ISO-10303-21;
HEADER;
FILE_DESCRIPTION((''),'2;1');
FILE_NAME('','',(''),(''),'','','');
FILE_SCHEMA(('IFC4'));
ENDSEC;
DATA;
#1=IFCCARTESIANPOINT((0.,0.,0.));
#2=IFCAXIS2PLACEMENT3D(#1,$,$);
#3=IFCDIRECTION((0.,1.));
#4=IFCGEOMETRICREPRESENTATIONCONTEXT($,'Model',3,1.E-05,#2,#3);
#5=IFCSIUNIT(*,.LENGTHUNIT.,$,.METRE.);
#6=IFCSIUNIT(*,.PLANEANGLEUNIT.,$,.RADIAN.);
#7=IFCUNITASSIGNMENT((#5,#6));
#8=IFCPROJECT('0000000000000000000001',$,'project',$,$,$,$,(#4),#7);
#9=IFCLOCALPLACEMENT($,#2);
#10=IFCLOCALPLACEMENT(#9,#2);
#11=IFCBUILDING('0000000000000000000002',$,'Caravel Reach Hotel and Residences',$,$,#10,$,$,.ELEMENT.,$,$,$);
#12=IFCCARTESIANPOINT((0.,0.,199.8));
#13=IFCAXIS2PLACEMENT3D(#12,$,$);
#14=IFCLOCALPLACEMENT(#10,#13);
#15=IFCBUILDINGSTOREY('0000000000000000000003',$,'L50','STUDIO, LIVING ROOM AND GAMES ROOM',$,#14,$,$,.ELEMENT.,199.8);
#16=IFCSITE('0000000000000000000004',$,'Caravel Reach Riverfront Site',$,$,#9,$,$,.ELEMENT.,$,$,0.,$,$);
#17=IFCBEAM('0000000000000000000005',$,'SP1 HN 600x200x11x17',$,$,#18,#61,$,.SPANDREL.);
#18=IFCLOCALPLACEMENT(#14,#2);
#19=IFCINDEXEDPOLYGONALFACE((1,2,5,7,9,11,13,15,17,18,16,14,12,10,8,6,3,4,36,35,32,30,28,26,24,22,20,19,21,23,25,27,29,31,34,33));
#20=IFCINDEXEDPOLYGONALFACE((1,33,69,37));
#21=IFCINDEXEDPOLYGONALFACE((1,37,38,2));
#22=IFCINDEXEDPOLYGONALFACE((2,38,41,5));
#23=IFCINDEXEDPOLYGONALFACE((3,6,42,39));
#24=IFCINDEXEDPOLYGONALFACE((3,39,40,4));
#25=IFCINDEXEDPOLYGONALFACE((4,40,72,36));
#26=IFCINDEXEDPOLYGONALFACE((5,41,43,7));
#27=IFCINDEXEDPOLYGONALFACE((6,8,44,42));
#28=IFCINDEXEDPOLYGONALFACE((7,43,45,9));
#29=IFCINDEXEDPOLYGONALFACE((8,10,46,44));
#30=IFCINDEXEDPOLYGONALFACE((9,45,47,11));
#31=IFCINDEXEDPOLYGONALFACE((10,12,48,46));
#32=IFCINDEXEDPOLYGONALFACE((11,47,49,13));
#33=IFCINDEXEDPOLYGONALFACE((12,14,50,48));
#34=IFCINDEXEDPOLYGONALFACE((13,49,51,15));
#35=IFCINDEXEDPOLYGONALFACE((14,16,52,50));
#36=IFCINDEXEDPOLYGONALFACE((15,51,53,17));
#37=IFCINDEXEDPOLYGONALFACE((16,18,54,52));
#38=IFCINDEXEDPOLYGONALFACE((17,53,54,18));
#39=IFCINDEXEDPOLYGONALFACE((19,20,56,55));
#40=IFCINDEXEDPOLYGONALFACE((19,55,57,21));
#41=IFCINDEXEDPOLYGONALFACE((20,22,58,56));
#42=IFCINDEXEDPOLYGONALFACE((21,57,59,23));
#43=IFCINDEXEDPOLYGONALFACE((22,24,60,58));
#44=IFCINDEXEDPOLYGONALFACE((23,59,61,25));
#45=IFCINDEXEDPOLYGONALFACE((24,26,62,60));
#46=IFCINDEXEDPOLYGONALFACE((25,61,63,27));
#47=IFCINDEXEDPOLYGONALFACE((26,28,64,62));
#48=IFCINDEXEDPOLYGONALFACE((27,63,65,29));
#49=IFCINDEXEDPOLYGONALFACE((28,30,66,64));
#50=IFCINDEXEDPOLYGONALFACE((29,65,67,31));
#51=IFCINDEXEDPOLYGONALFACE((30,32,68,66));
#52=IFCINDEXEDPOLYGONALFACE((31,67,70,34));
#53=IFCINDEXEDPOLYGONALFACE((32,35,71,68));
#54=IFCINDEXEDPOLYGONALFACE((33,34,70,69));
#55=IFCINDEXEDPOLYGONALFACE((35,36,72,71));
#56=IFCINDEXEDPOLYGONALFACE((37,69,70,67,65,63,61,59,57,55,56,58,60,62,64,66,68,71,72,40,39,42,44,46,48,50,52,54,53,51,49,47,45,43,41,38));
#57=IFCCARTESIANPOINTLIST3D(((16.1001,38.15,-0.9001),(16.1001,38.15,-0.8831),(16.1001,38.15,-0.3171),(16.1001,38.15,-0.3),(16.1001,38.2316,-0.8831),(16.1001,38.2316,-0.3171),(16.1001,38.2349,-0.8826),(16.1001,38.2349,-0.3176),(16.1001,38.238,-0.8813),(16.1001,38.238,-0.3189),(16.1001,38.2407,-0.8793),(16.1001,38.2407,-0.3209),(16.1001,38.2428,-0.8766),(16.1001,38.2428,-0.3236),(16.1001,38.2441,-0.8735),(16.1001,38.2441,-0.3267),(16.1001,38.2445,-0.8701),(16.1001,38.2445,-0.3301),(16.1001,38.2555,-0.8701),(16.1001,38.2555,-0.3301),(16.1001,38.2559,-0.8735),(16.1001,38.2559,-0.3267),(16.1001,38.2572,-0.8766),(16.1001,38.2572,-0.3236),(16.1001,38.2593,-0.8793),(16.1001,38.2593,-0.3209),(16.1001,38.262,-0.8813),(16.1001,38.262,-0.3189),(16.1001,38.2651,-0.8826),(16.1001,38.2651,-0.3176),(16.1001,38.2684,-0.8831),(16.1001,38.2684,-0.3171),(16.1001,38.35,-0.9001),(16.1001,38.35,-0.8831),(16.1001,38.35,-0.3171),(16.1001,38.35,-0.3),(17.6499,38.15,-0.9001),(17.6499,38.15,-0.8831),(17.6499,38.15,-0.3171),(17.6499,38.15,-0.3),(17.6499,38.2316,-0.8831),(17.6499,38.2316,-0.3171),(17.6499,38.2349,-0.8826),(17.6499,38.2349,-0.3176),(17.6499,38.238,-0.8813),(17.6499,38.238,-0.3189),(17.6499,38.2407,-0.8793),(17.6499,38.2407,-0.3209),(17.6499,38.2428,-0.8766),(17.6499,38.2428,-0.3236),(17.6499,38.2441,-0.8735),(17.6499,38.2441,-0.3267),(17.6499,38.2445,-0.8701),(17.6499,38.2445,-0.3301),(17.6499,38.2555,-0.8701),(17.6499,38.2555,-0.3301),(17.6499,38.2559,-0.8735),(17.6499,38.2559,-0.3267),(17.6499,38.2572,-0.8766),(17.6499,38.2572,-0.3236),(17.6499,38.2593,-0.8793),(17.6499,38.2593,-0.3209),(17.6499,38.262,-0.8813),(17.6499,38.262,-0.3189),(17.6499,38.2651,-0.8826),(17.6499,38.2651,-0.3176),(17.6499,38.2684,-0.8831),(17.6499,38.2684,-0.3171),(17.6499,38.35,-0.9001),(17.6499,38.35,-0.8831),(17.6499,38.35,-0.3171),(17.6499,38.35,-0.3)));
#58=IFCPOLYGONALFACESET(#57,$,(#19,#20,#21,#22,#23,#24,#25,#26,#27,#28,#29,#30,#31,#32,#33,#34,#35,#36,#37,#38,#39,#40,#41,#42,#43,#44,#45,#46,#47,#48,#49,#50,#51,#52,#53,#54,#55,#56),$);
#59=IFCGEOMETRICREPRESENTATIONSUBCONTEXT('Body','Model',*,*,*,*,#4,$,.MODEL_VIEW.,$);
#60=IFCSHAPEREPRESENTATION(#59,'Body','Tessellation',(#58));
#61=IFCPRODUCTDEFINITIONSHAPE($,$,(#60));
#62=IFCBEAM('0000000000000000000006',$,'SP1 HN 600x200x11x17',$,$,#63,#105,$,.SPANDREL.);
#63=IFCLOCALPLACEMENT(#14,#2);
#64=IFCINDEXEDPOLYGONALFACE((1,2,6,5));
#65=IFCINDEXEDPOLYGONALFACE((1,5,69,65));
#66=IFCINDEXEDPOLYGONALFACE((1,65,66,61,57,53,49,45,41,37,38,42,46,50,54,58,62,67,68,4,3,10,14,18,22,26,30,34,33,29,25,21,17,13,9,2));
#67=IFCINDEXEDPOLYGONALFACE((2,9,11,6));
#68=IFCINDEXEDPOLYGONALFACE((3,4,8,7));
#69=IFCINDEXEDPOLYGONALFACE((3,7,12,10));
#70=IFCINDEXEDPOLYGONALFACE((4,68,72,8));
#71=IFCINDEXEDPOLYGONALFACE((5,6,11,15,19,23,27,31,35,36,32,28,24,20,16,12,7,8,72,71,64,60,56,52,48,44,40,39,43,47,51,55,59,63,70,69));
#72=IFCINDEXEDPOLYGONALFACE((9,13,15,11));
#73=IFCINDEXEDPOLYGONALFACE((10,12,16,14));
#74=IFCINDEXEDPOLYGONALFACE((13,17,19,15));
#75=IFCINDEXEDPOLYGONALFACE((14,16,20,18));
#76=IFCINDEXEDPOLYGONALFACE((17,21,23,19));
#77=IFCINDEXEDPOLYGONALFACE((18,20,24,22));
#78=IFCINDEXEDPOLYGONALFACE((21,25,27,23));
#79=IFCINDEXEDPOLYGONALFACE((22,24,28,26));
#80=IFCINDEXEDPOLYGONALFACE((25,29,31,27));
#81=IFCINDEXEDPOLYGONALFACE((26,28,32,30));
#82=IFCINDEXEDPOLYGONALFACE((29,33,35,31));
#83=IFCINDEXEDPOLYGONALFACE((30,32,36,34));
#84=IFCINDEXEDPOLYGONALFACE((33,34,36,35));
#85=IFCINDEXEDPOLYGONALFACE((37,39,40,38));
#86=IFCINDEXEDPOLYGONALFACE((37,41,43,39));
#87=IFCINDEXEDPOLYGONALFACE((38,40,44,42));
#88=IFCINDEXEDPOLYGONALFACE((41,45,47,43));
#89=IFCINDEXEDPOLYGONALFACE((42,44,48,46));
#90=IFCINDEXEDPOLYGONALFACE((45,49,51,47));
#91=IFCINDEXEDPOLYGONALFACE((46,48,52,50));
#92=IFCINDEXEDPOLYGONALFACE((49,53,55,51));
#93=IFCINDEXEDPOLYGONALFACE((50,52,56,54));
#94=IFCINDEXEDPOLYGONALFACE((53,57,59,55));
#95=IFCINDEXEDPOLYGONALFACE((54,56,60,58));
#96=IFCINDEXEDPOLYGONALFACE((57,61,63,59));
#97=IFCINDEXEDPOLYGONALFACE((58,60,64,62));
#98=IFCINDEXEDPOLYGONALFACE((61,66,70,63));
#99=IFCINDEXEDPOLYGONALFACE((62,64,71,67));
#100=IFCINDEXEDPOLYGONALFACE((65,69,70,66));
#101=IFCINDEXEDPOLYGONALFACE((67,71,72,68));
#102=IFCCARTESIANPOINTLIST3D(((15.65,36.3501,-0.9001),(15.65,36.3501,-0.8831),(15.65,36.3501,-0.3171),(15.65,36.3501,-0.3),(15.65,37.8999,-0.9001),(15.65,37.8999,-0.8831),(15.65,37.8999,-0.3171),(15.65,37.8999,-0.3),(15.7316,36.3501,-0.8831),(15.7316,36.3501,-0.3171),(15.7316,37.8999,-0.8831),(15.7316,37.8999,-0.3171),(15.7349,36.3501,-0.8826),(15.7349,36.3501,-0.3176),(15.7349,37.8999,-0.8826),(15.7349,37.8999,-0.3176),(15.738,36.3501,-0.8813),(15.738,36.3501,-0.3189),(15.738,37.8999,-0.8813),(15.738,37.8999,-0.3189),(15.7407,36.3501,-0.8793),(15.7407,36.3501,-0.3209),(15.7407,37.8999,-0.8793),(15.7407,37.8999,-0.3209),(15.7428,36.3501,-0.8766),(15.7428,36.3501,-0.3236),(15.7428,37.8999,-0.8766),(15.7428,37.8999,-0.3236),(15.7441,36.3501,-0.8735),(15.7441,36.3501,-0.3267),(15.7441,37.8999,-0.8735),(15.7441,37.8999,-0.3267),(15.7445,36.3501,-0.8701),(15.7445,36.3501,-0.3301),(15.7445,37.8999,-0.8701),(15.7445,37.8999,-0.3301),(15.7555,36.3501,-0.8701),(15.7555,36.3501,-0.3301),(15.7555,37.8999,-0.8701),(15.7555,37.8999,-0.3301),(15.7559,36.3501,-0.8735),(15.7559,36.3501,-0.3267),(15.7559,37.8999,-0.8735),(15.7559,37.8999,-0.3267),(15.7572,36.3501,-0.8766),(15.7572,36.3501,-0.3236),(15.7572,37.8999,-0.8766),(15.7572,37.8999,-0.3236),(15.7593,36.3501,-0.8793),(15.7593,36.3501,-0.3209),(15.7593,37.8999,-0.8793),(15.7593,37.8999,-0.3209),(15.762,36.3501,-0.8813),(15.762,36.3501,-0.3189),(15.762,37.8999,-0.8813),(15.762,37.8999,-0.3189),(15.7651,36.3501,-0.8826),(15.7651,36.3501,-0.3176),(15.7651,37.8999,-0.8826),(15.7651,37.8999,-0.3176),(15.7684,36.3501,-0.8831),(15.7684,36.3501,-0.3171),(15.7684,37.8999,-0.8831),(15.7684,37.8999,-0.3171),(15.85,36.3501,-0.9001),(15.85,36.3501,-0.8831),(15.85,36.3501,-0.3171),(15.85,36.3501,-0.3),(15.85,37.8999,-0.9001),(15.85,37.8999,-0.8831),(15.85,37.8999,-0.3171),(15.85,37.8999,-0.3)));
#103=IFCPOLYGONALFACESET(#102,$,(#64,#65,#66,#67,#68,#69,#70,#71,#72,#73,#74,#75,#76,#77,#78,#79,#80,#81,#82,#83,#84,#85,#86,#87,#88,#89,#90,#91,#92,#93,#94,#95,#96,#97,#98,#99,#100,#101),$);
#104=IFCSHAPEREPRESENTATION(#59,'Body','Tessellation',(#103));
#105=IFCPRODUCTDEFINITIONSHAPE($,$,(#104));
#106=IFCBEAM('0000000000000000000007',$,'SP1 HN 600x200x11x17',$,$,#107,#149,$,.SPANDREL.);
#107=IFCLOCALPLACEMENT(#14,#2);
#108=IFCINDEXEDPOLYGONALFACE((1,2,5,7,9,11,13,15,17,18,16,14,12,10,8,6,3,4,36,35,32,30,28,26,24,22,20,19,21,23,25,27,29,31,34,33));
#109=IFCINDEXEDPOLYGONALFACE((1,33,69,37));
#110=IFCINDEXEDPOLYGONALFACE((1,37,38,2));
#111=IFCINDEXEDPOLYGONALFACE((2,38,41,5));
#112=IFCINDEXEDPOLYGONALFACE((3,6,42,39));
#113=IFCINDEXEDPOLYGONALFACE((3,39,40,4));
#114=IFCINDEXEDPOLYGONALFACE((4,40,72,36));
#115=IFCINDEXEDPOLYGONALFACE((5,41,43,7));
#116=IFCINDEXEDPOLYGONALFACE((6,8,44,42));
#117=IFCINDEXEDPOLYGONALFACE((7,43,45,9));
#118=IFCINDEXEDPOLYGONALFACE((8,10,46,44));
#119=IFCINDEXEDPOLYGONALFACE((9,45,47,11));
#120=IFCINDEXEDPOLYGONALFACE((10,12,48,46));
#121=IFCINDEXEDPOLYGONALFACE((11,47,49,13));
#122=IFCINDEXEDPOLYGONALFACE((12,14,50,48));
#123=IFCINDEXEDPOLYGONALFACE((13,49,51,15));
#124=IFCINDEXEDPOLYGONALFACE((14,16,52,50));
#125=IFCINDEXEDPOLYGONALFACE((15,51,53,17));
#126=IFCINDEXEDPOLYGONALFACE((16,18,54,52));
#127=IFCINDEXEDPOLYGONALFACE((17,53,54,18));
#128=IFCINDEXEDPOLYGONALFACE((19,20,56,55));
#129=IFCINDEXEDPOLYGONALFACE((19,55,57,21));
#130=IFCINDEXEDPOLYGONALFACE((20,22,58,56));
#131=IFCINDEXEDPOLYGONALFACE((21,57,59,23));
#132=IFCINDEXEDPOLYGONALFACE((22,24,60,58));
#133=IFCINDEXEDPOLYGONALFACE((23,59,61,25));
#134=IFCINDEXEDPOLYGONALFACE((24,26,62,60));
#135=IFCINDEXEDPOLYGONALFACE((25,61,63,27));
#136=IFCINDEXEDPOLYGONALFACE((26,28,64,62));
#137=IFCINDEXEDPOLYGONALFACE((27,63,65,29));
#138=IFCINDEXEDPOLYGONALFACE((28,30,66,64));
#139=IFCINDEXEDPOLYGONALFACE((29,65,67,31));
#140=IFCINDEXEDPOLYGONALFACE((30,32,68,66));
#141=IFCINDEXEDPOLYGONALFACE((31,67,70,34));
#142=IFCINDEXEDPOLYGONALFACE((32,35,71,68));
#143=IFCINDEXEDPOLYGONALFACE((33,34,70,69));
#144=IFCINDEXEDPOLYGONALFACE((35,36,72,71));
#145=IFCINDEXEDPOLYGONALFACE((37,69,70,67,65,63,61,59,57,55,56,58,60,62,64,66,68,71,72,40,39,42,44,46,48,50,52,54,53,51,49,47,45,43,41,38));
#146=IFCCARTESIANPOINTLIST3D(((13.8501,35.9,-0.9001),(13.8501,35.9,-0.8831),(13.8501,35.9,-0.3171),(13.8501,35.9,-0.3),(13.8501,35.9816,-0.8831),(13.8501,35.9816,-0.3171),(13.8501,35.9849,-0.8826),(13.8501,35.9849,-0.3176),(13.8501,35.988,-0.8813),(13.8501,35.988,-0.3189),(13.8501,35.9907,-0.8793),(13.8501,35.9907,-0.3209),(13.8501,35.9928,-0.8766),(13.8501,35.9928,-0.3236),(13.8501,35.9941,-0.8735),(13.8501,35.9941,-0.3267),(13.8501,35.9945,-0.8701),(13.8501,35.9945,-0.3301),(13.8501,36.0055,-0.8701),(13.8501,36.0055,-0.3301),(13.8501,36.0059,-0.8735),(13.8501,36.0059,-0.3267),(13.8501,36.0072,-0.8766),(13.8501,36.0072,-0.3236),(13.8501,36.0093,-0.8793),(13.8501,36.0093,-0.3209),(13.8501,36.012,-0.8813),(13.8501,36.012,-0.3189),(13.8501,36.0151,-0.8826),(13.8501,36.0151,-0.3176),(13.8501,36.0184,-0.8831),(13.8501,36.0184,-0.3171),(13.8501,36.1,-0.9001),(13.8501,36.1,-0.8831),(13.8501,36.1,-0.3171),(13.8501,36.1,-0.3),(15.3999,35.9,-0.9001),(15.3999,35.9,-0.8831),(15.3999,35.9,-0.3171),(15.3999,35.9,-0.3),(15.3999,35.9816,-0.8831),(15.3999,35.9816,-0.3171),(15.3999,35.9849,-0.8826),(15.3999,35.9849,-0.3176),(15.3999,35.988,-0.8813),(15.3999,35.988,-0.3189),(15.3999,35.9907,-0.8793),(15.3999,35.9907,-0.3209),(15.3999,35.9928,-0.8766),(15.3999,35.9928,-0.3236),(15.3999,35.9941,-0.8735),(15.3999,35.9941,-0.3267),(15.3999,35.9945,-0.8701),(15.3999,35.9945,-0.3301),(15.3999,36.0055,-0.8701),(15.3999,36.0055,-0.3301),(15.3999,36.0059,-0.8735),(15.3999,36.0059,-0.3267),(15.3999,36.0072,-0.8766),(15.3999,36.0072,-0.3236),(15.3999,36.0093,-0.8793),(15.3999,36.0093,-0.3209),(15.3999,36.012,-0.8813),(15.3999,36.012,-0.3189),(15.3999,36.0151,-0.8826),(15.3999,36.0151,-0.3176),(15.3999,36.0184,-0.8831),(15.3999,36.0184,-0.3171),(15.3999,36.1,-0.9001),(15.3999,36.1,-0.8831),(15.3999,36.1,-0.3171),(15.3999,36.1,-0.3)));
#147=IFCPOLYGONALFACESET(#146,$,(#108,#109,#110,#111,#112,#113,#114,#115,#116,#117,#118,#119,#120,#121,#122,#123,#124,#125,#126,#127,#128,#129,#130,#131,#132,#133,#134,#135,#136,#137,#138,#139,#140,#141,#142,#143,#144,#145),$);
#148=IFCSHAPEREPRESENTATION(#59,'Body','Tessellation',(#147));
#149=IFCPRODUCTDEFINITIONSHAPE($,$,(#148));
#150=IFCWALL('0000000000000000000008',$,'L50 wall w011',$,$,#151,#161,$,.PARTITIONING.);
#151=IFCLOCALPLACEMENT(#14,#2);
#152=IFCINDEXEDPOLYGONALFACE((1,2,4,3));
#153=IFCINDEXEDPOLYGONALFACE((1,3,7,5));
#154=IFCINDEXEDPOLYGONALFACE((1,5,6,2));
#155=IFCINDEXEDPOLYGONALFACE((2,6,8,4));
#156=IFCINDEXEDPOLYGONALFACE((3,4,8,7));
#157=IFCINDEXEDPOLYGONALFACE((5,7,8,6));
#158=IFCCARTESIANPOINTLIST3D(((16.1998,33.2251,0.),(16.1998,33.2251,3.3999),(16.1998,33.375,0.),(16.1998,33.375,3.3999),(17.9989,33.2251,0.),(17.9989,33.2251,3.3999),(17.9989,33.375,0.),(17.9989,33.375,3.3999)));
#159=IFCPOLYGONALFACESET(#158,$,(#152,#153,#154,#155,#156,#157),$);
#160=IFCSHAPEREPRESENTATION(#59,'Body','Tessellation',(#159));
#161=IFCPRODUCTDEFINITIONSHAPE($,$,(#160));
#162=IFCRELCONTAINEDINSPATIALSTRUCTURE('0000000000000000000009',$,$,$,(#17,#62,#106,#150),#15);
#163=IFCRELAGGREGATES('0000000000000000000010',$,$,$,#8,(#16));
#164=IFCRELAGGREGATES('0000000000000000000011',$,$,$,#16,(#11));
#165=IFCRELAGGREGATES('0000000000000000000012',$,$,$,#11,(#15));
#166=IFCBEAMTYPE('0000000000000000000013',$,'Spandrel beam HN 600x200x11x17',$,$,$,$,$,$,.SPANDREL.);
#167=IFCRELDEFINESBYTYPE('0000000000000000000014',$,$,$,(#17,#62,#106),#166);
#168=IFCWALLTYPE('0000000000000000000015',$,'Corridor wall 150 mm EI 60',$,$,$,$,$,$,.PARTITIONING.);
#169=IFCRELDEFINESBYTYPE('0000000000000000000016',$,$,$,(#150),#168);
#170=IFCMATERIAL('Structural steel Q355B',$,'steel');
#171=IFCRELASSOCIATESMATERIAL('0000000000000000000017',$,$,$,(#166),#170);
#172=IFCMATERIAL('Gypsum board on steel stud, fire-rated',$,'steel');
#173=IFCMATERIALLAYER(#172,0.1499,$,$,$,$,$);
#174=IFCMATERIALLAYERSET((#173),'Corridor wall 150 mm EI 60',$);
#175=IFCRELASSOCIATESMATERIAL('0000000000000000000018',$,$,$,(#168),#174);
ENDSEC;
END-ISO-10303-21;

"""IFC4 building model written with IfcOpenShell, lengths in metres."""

from ifc_helpers import new_model, si_unit, direction, frame, frame_2d, origin, origin_2d, place, context, subcontext, project, spatial, rectangle, i_section, extrude, material, layer, layer_set, material_profile, profile_set, type_object, element, save


model = new_model("IFC4")

# Units and contexts
model_context = context("Model", 3, precision=1e-05, world=origin(), true_north=direction((0.0, 1.0)))
body_context = subcontext(model_context, "Body", "Model", "MODEL_VIEW")
ifc_project = project(units=[si_unit("LENGTHUNIT", "METRE"), si_unit("PLANEANGLEUNIT", "RADIAN")], contexts=[model_context])

# Site, building, storey
site_placement = place(None, origin())
site = spatial("IfcSite", under=ifc_project, at=site_placement, Name="Caravel Reach Riverfront Site", CompositionType="ELEMENT", RefElevation=0.0)
building_placement = place(site_placement, origin())
building = spatial("IfcBuilding", under=site, at=building_placement, Name="Caravel Reach Hotel and Residences", CompositionType="ELEMENT")
storey_placement = place(building_placement, frame((0.0, 0.0, 199.8)))
storey = spatial("IfcBuildingStorey", under=building, at=storey_placement, Name="L50", Description="STUDIO, LIVING ROOM AND GAMES ROOM", CompositionType="ELEMENT", Elevation=199.8)

# Beams
ifc_material_1 = material(Name="Structural steel Q355B", Category="steel")
ifc_material_profile_1 = material_profile(ifc_material_1, i_section(OverallWidth=0.2, OverallDepth=0.6001, WebThickness=0.011, FlangeThickness=0.0171, FilletRadius=0.0129, at=origin_2d()), Name="HN 600x200x11x17")
ifc_profile_set_1 = profile_set([ifc_material_profile_1], Name="Structural steel Q355B")
beam_type = type_object("IfcBeamType", Name="Spandrel beam HN 600x200x11x17", PredefinedType="SPANDREL", material=ifc_profile_set_1)
for number, where, z_axis, x_axis, name in (
    (1, (17.6499, 38.25, -0.6001), (-1.0, 0.0, 0.0), (0.0, -1.0, 0.0), "SP1 HN 600x200x11x17"),
    (2, (15.75, 37.8999, -0.6001), (0.0, -1.0, 0.0), (1.0, 0.0, 0.0), "SP1 HN 600x200x11x17"),
    (3, (15.3999, 36.0, -0.6001), (-1.0, 0.0, 0.0), (0.0, -1.0, 0.0), "SP1 HN 600x200x11x17"),
):
    element("IfcBeam", number, at=place(storey_placement, frame(where, z_axis=z_axis, x_axis=x_axis)), inside=storey, type_object=beam_type, Name=name, PredefinedType="SPANDREL", context=body_context, shape_type="SweptSolid", body=[
        extrude(i_section(OverallWidth=0.2, OverallDepth=0.6001, WebThickness=0.011, FlangeThickness=0.0171, FilletRadius=0.0129, at=origin_2d()), origin(), (0.0, 0.0, 1.0), 1.5498),
    ])

# Wall
ifc_material_2 = material(Name="Gypsum board on steel stud, fire-rated", Category="steel")
ifc_layer_1 = layer(ifc_material_2, 0.1499)
ifc_layer_set_1 = layer_set([ifc_layer_1], Name="Corridor wall 150 mm EI 60")
wall_type_1 = type_object("IfcWallType", Name="Corridor wall 150 mm EI 60", PredefinedType="PARTITIONING", material=ifc_layer_set_1)
wall_1_placement = place(storey_placement, frame((16.2, 33.3, 0.0), z_axis=(0.0, 0.0, 1.0), x_axis=(1.0, 0.0, 0.0)))
element("IfcWall", 4, at=wall_1_placement, inside=storey, type_object=wall_type_1, Name="L50 wall w011", PredefinedType="PARTITIONING", context=body_context, shape_type="SweptSolid", body=[
    extrude(rectangle(XDim=1.7991, YDim=0.1499, at=frame_2d((0.8994, 0.0))), origin(), (0.0, 0.0, 1.0), 3.3999),
])

save(model, "model.ifc")
